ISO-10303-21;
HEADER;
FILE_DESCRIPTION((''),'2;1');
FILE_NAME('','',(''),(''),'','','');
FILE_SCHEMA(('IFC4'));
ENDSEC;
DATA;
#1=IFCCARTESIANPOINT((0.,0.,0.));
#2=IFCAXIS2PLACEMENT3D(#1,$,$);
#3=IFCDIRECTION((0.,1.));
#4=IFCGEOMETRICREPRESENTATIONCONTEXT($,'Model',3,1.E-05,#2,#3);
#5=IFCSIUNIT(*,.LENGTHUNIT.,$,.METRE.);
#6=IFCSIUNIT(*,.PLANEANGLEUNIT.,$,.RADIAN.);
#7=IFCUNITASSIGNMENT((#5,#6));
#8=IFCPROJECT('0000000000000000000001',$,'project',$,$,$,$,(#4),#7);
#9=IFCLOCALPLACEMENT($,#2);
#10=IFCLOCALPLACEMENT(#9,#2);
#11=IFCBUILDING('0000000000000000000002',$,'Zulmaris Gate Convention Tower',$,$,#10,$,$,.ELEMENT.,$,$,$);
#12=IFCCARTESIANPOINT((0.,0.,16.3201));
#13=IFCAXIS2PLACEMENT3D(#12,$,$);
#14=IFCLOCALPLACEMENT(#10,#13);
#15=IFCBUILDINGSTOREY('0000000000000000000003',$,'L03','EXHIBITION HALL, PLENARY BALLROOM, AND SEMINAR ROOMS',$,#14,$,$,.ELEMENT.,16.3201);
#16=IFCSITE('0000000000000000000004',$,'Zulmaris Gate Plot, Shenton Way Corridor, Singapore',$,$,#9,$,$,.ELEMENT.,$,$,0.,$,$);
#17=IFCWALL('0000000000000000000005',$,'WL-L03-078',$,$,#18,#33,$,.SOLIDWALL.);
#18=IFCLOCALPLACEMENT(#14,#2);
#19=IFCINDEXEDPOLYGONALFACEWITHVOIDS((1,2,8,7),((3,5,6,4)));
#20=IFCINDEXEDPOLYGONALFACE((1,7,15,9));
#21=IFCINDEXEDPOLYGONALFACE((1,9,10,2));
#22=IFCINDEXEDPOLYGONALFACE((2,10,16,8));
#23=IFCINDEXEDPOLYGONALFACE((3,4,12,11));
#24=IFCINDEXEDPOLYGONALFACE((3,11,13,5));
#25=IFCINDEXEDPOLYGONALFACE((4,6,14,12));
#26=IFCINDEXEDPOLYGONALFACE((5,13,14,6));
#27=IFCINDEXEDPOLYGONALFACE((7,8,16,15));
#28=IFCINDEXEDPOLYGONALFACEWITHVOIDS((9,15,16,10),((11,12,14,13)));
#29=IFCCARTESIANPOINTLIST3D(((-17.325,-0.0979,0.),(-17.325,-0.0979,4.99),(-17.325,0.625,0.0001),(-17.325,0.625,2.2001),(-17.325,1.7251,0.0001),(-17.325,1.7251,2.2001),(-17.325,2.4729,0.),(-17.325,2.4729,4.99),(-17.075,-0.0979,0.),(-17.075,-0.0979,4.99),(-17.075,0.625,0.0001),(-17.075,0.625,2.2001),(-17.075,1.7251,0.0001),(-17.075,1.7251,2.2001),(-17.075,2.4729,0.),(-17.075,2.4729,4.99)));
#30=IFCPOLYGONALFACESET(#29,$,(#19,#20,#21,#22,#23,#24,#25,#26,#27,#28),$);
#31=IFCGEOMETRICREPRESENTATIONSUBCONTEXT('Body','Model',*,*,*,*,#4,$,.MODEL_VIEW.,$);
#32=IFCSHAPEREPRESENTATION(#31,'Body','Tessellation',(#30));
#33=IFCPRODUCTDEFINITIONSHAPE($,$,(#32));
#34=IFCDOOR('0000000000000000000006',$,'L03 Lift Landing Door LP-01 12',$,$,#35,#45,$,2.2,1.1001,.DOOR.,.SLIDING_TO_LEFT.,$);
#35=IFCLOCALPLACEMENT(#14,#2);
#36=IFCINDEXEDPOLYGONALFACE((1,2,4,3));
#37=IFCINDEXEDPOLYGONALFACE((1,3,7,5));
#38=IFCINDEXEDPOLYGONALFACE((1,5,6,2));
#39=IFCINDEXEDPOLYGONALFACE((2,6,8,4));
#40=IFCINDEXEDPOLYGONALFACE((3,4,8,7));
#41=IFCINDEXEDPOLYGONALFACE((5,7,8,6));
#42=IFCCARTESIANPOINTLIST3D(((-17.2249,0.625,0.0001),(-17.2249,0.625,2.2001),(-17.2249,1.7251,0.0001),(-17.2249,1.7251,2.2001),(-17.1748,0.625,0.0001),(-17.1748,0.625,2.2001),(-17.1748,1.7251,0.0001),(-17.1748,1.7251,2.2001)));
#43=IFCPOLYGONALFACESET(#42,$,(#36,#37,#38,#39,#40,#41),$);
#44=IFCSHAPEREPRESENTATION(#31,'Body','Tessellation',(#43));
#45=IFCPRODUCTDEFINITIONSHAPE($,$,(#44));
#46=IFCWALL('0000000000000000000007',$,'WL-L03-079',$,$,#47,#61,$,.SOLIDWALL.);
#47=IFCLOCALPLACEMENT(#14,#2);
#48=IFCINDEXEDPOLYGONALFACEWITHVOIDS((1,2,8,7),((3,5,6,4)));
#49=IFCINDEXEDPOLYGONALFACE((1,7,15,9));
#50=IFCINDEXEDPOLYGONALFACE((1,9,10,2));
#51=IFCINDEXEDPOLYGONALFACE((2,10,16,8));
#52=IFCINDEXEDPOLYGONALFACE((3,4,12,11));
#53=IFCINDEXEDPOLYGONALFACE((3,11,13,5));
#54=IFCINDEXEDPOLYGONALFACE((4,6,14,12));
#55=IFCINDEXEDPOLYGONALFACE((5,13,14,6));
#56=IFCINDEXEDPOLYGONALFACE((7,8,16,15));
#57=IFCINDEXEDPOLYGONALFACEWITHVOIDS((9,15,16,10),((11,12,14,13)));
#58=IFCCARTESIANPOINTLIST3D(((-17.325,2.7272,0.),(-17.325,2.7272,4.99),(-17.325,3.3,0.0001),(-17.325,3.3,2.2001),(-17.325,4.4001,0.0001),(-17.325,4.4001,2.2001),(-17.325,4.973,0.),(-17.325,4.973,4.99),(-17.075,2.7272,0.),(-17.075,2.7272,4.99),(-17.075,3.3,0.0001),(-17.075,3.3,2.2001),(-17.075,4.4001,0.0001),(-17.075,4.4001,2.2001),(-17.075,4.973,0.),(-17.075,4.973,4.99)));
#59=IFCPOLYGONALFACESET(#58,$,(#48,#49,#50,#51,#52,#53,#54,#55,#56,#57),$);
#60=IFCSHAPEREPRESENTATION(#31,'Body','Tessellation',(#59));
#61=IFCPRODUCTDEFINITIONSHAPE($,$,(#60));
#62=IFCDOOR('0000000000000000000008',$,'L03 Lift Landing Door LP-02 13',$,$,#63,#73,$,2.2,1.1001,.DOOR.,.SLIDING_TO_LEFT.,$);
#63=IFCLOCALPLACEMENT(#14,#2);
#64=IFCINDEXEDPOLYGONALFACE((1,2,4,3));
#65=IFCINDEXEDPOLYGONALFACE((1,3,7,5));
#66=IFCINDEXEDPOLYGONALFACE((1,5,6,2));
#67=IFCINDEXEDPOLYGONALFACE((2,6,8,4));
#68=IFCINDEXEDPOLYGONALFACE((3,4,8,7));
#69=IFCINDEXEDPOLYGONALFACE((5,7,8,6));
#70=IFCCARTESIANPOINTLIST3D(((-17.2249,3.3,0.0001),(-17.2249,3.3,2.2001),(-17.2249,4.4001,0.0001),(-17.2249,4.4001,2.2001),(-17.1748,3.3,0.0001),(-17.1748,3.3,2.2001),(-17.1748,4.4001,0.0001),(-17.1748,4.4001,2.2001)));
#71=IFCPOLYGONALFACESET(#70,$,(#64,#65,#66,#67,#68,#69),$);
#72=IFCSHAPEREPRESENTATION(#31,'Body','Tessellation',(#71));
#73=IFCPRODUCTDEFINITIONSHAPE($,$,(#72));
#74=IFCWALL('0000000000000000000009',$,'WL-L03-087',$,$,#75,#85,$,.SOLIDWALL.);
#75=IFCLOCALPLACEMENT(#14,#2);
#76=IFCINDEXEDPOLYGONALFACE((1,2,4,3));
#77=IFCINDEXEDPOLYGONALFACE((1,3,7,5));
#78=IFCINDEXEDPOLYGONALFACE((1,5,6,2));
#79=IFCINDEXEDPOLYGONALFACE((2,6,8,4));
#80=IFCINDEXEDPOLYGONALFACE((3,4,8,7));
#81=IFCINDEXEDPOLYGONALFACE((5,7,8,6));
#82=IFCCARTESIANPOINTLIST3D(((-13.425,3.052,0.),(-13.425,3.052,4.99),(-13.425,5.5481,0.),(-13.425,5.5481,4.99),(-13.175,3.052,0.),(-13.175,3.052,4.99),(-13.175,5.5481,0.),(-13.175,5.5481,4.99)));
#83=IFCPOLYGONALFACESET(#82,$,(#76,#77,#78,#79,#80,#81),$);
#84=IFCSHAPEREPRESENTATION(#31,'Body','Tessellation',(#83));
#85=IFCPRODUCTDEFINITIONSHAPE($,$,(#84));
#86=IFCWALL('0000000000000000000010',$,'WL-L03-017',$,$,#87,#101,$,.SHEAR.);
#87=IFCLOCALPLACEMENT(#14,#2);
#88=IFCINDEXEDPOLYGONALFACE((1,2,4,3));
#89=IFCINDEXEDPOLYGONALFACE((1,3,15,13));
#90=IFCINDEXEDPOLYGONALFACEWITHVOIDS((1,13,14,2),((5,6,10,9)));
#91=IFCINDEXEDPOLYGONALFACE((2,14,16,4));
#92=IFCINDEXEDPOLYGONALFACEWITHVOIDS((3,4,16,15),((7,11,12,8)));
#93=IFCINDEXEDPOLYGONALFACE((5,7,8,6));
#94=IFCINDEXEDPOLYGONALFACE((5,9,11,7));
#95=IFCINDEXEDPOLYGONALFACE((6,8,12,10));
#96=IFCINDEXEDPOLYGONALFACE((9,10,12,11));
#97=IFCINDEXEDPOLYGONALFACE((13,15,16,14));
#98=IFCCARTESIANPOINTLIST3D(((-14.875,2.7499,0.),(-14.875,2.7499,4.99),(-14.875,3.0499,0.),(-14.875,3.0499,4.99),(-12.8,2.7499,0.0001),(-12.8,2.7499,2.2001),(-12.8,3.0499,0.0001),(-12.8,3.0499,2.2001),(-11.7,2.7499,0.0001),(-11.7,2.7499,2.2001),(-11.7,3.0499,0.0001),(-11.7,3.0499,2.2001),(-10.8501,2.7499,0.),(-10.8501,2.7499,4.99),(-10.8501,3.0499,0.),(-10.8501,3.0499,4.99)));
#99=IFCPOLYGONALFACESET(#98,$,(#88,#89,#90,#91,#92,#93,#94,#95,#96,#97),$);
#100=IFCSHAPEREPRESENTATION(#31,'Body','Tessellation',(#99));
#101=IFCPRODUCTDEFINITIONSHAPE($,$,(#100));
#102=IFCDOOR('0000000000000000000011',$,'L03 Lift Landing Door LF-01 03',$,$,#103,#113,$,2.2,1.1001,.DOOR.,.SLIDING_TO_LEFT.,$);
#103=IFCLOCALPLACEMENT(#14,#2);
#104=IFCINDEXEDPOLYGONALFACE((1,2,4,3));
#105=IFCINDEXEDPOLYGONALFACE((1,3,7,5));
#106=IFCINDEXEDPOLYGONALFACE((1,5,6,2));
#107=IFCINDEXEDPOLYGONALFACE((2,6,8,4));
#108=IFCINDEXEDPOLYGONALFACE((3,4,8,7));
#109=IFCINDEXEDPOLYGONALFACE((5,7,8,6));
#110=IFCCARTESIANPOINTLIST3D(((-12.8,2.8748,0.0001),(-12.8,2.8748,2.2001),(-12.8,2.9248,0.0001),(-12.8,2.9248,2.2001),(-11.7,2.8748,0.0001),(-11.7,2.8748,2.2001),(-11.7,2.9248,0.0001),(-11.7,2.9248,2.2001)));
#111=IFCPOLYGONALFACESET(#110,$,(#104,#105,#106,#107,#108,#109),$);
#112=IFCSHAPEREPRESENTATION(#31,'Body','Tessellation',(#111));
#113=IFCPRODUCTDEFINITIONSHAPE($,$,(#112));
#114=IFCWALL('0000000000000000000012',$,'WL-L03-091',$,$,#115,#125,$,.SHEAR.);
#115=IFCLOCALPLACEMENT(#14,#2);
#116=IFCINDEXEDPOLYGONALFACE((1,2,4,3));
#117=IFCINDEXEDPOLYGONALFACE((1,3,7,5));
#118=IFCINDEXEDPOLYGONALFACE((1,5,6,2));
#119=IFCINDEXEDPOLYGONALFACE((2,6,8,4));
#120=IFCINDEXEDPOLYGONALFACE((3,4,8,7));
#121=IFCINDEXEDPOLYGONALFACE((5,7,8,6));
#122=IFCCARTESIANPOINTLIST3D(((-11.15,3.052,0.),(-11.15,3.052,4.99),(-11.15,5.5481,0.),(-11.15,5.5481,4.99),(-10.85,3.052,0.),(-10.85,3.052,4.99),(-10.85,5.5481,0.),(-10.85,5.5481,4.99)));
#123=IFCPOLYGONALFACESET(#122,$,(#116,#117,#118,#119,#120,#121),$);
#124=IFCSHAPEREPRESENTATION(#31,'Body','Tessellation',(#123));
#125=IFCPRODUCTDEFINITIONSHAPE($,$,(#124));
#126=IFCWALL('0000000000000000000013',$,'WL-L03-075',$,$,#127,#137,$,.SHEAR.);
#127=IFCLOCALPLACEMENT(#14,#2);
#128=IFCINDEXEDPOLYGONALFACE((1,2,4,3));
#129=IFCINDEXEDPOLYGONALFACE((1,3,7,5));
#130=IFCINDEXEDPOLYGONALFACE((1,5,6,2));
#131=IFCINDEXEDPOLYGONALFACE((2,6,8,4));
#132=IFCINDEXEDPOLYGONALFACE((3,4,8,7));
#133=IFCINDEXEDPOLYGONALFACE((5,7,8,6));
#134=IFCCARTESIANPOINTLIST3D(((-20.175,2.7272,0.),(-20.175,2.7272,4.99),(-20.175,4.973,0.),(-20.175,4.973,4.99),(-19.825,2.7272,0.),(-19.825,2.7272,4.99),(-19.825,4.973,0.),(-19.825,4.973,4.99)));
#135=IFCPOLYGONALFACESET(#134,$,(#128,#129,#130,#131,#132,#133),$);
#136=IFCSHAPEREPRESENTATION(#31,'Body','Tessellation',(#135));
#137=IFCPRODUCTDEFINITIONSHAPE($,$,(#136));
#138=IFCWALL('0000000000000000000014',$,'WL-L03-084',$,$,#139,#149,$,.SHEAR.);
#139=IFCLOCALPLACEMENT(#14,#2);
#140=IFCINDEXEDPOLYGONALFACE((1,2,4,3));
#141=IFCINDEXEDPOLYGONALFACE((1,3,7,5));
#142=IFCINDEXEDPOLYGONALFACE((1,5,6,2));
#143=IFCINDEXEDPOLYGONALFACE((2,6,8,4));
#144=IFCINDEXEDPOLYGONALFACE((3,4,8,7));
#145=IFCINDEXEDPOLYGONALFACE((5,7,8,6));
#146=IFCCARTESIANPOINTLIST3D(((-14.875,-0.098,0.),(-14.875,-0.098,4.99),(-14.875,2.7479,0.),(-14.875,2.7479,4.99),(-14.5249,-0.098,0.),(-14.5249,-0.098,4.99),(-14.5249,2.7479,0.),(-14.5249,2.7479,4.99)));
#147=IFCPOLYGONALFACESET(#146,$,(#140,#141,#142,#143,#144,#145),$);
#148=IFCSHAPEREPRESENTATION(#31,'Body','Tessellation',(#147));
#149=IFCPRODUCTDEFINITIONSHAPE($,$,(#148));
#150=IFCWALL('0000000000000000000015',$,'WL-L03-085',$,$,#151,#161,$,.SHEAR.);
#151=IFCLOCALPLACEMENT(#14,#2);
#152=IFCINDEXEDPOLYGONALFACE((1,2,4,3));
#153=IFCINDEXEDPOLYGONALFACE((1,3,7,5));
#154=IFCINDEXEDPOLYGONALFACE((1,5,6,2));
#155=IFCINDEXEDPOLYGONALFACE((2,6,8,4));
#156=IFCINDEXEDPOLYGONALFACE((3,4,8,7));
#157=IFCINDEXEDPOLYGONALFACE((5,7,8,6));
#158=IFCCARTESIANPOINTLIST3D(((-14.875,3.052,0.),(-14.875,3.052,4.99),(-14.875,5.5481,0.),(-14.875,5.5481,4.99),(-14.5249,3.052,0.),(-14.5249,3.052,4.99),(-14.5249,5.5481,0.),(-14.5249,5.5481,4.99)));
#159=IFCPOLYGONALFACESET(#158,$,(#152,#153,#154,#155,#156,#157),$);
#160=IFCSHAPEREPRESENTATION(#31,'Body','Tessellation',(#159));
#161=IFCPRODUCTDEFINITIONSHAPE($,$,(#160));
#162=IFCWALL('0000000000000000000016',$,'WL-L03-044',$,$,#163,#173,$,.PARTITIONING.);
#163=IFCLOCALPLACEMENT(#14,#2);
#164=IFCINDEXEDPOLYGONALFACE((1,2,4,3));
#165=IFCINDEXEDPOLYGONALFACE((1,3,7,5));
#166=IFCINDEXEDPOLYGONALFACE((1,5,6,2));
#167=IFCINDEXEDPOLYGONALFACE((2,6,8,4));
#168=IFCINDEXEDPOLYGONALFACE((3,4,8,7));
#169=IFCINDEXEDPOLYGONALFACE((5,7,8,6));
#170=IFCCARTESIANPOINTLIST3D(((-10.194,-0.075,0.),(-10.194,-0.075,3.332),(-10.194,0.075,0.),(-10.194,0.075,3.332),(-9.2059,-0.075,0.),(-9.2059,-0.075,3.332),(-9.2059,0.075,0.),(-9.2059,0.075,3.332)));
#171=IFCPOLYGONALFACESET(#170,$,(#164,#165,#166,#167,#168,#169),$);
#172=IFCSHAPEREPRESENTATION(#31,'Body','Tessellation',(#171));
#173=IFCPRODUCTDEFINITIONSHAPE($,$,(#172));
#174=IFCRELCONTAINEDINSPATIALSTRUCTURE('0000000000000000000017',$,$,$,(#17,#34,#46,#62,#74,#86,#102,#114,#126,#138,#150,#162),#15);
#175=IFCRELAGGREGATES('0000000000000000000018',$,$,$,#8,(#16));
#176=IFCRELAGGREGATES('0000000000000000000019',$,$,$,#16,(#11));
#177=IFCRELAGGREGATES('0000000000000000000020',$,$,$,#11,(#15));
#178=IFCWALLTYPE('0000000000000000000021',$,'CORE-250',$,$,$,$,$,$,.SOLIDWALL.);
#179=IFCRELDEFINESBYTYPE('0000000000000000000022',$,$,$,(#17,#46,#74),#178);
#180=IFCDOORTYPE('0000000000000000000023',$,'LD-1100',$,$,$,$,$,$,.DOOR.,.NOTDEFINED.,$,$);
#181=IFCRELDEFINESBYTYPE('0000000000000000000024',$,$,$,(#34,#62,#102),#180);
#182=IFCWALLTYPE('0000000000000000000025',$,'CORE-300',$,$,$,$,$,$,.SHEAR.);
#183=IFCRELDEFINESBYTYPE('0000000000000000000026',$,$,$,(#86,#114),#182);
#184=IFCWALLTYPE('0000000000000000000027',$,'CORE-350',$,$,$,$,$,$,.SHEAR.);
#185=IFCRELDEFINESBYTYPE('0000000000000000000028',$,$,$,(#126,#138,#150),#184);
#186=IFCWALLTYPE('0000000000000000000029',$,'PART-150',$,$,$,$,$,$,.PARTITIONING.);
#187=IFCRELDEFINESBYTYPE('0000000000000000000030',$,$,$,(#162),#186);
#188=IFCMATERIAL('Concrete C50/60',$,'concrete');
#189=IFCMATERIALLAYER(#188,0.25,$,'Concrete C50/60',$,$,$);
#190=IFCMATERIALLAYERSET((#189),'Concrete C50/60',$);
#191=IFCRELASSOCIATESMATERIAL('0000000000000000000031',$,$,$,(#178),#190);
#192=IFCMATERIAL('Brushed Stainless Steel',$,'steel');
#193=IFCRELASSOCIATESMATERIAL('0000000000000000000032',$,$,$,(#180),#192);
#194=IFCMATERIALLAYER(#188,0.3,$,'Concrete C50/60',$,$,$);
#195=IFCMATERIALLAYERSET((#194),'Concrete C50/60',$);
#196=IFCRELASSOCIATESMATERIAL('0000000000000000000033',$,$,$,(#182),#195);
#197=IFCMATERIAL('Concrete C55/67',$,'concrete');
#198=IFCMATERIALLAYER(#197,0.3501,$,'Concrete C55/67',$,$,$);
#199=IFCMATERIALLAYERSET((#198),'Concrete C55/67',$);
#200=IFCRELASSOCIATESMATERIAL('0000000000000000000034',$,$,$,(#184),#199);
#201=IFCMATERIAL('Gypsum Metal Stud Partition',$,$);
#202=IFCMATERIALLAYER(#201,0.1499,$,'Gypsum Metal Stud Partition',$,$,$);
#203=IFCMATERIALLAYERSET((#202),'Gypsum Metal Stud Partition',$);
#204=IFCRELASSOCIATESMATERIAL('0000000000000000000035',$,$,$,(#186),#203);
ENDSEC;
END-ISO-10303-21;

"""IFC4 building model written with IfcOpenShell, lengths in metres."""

from ifc_helpers import new_model, si_unit, direction, frame, frame_2d, origin, place, context, subcontext, project, spatial, rectangle, extrude, material, layer, layer_set, type_object, element, fill, save


model = new_model("IFC4")

# Units and contexts
model_context = context("Model", 3, precision=1e-05, world=origin(), true_north=direction((0.0, 1.0)))
body_context = subcontext(model_context, "Body", "Model", "MODEL_VIEW")
ifc_project = project(units=[si_unit("LENGTHUNIT", "METRE"), si_unit("PLANEANGLEUNIT", "RADIAN")], contexts=[model_context])

# Site, building, storey
site_placement = place(None, origin())
site = spatial("IfcSite", under=ifc_project, at=site_placement, Name="Zulmaris Gate Plot, Shenton Way Corridor, Singapore", CompositionType="ELEMENT", RefElevation=0.0)
building_placement = place(site_placement, origin())
building = spatial("IfcBuilding", under=site, at=building_placement, Name="Zulmaris Gate Convention Tower", CompositionType="ELEMENT")
storey_placement = place(building_placement, frame((0.0, 0.0, 16.3201)))
storey = spatial("IfcBuildingStorey", under=building, at=storey_placement, Name="L03", Description="EXHIBITION HALL, PLENARY BALLROOM, AND SEMINAR ROOMS", CompositionType="ELEMENT", Elevation=16.3201)

# Shared definitions
ifc_material_1 = material(Name="Concrete C50/60", Category="concrete")

# Walls, openings, doors
ifc_layer_1 = layer(ifc_material_1, 0.25, Name="Concrete C50/60")
ifc_layer_set_1 = layer_set([ifc_layer_1], Name="Concrete C50/60")
wall_type_1 = type_object("IfcWallType", Name="CORE-250", PredefinedType="SOLIDWALL", material=ifc_layer_set_1)
wall_1_placement = place(storey_placement, frame((-17.2, -0.0979, 0.0), z_axis=(0.0, 0.0, 1.0), x_axis=(0.0, 1.0, 0.0)))
wall_1 = element("IfcWall", 1, at=wall_1_placement, inside=storey, type_object=wall_type_1, Name="WL-L03-078", PredefinedType="SOLIDWALL", context=body_context, shape_type="SweptSolid", body=[
    extrude(rectangle(XDim=2.5708, YDim=0.25, at=frame_2d((1.2854, 0.0))), origin(), (0.0, 0.0, 1.0), 4.99),
])
opening_1_placement = place(wall_1_placement, frame((0.7229, 0.0, 0.0)))
opening_1 = element("IfcOpeningElement", 2, at=opening_1_placement, cuts=wall_1, PredefinedType="OPENING", context=body_context, shape_type="SweptSolid", body=[
    extrude(rectangle(XDim=1.1001, YDim=2.2, at=frame_2d((0.55, 1.1001))), frame((0.0, 0.135, 0.0), z_axis=(0.0, -1.0, 0.0), x_axis=(1.0, 0.0, 0.0)), (0.0, 0.0, 1.0), 0.27),
])
ifc_material_2 = material(Name="Brushed Stainless Steel", Category="steel")
door_type_1 = type_object("IfcDoorType", Name="LD-1100", OperationType="NOTDEFINED", PredefinedType="DOOR", material=ifc_material_2)
door_1_placement = place(opening_1_placement, origin())
door_1 = element("IfcDoor", 3, at=door_1_placement, inside=storey, type_object=door_type_1, Name="L03 Lift Landing Door LP-01 12", OperationType="SLIDING_TO_LEFT", OverallHeight=2.2, OverallWidth=1.1001, PredefinedType="DOOR", context=body_context, shape_type="SweptSolid", body=[
    extrude(rectangle(XDim=1.1001, YDim=2.2, at=frame_2d((0.55, 1.1001))), frame((0.0, 0.0249, 0.0), z_axis=(0.0, -1.0, 0.0), x_axis=(1.0, 0.0, 0.0)), (0.0, 0.0, 1.0), 0.05),
])
fill(opening_1, door_1)
wall_2_placement = place(storey_placement, frame((-17.2, 2.7271, 0.0), z_axis=(0.0, 0.0, 1.0), x_axis=(0.0, 1.0, 0.0)))
wall_2 = element("IfcWall", 4, at=wall_2_placement, inside=storey, type_object=wall_type_1, Name="WL-L03-079", PredefinedType="SOLIDWALL", context=body_context, shape_type="SweptSolid", body=[
    extrude(rectangle(XDim=2.2458, YDim=0.25, at=frame_2d((1.123, 0.0))), origin(), (0.0, 0.0, 1.0), 4.99),
])
opening_2_placement = place(wall_2_placement, frame((0.573, 0.0, 0.0)))
opening_2 = element("IfcOpeningElement", 5, at=opening_2_placement, cuts=wall_2, PredefinedType="OPENING", context=body_context, shape_type="SweptSolid", body=[
    extrude(rectangle(XDim=1.1001, YDim=2.2, at=frame_2d((0.55, 1.1001))), frame((0.0, 0.135, 0.0), z_axis=(0.0, -1.0, 0.0), x_axis=(1.0, 0.0, 0.0)), (0.0, 0.0, 1.0), 0.27),
])
door_2_placement = place(opening_2_placement, origin())
door_2 = element("IfcDoor", 6, at=door_2_placement, inside=storey, type_object=door_type_1, Name="L03 Lift Landing Door LP-02 13", OperationType="SLIDING_TO_LEFT", OverallHeight=2.2, OverallWidth=1.1001, PredefinedType="DOOR", context=body_context, shape_type="SweptSolid", body=[
    extrude(rectangle(XDim=1.1001, YDim=2.2, at=frame_2d((0.55, 1.1001))), frame((0.0, 0.0249, 0.0), z_axis=(0.0, -1.0, 0.0), x_axis=(1.0, 0.0, 0.0)), (0.0, 0.0, 1.0), 0.05),
])
fill(opening_2, door_2)

# Wall
wall_3_placement = place(storey_placement, frame((-13.3, 3.052, 0.0), z_axis=(0.0, 0.0, 1.0), x_axis=(0.0, 1.0, 0.0)))
element("IfcWall", 7, at=wall_3_placement, inside=storey, type_object=wall_type_1, Name="WL-L03-087", PredefinedType="SOLIDWALL", context=body_context, shape_type="SweptSolid", body=[
    extrude(rectangle(XDim=2.4961, YDim=0.25, at=frame_2d((1.248, 0.0))), origin(), (0.0, 0.0, 1.0), 4.99),
])

# Wall, opening, door
ifc_layer_2 = layer(ifc_material_1, 0.3, Name="Concrete C50/60")
ifc_layer_set_2 = layer_set([ifc_layer_2], Name="Concrete C50/60")
wall_type_2 = type_object("IfcWallType", Name="CORE-300", PredefinedType="SHEAR", material=ifc_layer_set_2)
wall_4_placement = place(storey_placement, frame((-14.875, 2.8999, 0.0), z_axis=(0.0, 0.0, 1.0), x_axis=(1.0, 0.0, 0.0)))
wall_4 = element("IfcWall", 8, at=wall_4_placement, inside=storey, type_object=wall_type_2, Name="WL-L03-017", PredefinedType="SHEAR", context=body_context, shape_type="SweptSolid", body=[
    extrude(rectangle(XDim=4.0249, YDim=0.3, at=frame_2d((2.0125, 0.0))), origin(), (0.0, 0.0, 1.0), 4.99),
])
opening_3_placement = place(wall_4_placement, frame((2.075, 0.0, 0.0)))
opening_3 = element("IfcOpeningElement", 9, at=opening_3_placement, cuts=wall_4, PredefinedType="OPENING", context=body_context, shape_type="SweptSolid", body=[
    extrude(rectangle(XDim=1.1001, YDim=2.2, at=frame_2d((0.55, 1.1001))), frame((0.0, 0.1602, 0.0), z_axis=(0.0, -1.0, 0.0), x_axis=(1.0, 0.0, 0.0)), (0.0, 0.0, 1.0), 0.3201),
])
door_3_placement = place(opening_3_placement, origin())
door_3 = element("IfcDoor", 10, at=door_3_placement, inside=storey, type_object=door_type_1, Name="L03 Lift Landing Door LF-01 03", OperationType="SLIDING_TO_LEFT", OverallHeight=2.2, OverallWidth=1.1001, PredefinedType="DOOR", context=body_context, shape_type="SweptSolid", body=[
    extrude(rectangle(XDim=1.1001, YDim=2.2, at=frame_2d((0.55, 1.1001))), frame((0.0, 0.0249, 0.0), z_axis=(0.0, -1.0, 0.0), x_axis=(1.0, 0.0, 0.0)), (0.0, 0.0, 1.0), 0.05),
])
fill(opening_3, door_3)

# Walls
wall_5_placement = place(storey_placement, frame((-11.0, 3.052, 0.0), z_axis=(0.0, 0.0, 1.0), x_axis=(0.0, 1.0, 0.0)))
element("IfcWall", 11, at=wall_5_placement, inside=storey, type_object=wall_type_2, Name="WL-L03-091", PredefinedType="SHEAR", context=body_context, shape_type="SweptSolid", body=[
    extrude(rectangle(XDim=2.4961, YDim=0.3, at=frame_2d((1.248, 0.0))), origin(), (0.0, 0.0, 1.0), 4.99),
])
ifc_material_3 = material(Name="Concrete C55/67", Category="concrete")
ifc_layer_3 = layer(ifc_material_3, 0.3501, Name="Concrete C55/67")
ifc_layer_set_3 = layer_set([ifc_layer_3], Name="Concrete C55/67")
wall_type_3 = type_object("IfcWallType", Name="CORE-350", PredefinedType="SHEAR", material=ifc_layer_set_3)
wall_6_placement = place(storey_placement, frame((-20.0, 2.7271, 0.0), z_axis=(0.0, 0.0, 1.0), x_axis=(0.0, 1.0, 0.0)))
element("IfcWall", 12, at=wall_6_placement, inside=storey, type_object=wall_type_3, Name="WL-L03-075", PredefinedType="SHEAR", context=body_context, shape_type="SweptSolid", body=[
    extrude(rectangle(XDim=2.2458, YDim=0.3501, at=frame_2d((1.123, 0.0))), origin(), (0.0, 0.0, 1.0), 4.99),
])
wall_7_placement = place(storey_placement, frame((-14.7, -0.0979, 0.0), z_axis=(0.0, 0.0, 1.0), x_axis=(0.0, 1.0, 0.0)))
element("IfcWall", 13, at=wall_7_placement, inside=storey, type_object=wall_type_3, Name="WL-L03-084", PredefinedType="SHEAR", context=body_context, shape_type="SweptSolid", body=[
    extrude(rectangle(XDim=2.8459, YDim=0.3501, at=frame_2d((1.4229, 0.0))), origin(), (0.0, 0.0, 1.0), 4.99),
])
wall_8_placement = place(storey_placement, frame((-14.7, 3.052, 0.0), z_axis=(0.0, 0.0, 1.0), x_axis=(0.0, 1.0, 0.0)))
element("IfcWall", 14, at=wall_8_placement, inside=storey, type_object=wall_type_3, Name="WL-L03-085", PredefinedType="SHEAR", context=body_context, shape_type="SweptSolid", body=[
    extrude(rectangle(XDim=2.4961, YDim=0.3501, at=frame_2d((1.248, 0.0))), origin(), (0.0, 0.0, 1.0), 4.99),
])
ifc_material_4 = material(Name="Gypsum Metal Stud Partition")
ifc_layer_4 = layer(ifc_material_4, 0.1499, Name="Gypsum Metal Stud Partition")
ifc_layer_set_4 = layer_set([ifc_layer_4], Name="Gypsum Metal Stud Partition")
wall_type_4 = type_object("IfcWallType", Name="PART-150", PredefinedType="PARTITIONING", material=ifc_layer_set_4)
wall_9_placement = place(storey_placement, frame((-10.1941, 0.0, 0.0), z_axis=(0.0, 0.0, 1.0), x_axis=(1.0, 0.0, 0.0)))
element("IfcWall", 15, at=wall_9_placement, inside=storey, type_object=wall_type_4, Name="WL-L03-044", PredefinedType="PARTITIONING", context=body_context, shape_type="SweptSolid", body=[
    extrude(rectangle(XDim=0.988, YDim=0.1499, at=frame_2d((0.4941, 0.0))), origin(), (0.0, 0.0, 1.0), 3.332),
])

save(model, "model.ifc")
